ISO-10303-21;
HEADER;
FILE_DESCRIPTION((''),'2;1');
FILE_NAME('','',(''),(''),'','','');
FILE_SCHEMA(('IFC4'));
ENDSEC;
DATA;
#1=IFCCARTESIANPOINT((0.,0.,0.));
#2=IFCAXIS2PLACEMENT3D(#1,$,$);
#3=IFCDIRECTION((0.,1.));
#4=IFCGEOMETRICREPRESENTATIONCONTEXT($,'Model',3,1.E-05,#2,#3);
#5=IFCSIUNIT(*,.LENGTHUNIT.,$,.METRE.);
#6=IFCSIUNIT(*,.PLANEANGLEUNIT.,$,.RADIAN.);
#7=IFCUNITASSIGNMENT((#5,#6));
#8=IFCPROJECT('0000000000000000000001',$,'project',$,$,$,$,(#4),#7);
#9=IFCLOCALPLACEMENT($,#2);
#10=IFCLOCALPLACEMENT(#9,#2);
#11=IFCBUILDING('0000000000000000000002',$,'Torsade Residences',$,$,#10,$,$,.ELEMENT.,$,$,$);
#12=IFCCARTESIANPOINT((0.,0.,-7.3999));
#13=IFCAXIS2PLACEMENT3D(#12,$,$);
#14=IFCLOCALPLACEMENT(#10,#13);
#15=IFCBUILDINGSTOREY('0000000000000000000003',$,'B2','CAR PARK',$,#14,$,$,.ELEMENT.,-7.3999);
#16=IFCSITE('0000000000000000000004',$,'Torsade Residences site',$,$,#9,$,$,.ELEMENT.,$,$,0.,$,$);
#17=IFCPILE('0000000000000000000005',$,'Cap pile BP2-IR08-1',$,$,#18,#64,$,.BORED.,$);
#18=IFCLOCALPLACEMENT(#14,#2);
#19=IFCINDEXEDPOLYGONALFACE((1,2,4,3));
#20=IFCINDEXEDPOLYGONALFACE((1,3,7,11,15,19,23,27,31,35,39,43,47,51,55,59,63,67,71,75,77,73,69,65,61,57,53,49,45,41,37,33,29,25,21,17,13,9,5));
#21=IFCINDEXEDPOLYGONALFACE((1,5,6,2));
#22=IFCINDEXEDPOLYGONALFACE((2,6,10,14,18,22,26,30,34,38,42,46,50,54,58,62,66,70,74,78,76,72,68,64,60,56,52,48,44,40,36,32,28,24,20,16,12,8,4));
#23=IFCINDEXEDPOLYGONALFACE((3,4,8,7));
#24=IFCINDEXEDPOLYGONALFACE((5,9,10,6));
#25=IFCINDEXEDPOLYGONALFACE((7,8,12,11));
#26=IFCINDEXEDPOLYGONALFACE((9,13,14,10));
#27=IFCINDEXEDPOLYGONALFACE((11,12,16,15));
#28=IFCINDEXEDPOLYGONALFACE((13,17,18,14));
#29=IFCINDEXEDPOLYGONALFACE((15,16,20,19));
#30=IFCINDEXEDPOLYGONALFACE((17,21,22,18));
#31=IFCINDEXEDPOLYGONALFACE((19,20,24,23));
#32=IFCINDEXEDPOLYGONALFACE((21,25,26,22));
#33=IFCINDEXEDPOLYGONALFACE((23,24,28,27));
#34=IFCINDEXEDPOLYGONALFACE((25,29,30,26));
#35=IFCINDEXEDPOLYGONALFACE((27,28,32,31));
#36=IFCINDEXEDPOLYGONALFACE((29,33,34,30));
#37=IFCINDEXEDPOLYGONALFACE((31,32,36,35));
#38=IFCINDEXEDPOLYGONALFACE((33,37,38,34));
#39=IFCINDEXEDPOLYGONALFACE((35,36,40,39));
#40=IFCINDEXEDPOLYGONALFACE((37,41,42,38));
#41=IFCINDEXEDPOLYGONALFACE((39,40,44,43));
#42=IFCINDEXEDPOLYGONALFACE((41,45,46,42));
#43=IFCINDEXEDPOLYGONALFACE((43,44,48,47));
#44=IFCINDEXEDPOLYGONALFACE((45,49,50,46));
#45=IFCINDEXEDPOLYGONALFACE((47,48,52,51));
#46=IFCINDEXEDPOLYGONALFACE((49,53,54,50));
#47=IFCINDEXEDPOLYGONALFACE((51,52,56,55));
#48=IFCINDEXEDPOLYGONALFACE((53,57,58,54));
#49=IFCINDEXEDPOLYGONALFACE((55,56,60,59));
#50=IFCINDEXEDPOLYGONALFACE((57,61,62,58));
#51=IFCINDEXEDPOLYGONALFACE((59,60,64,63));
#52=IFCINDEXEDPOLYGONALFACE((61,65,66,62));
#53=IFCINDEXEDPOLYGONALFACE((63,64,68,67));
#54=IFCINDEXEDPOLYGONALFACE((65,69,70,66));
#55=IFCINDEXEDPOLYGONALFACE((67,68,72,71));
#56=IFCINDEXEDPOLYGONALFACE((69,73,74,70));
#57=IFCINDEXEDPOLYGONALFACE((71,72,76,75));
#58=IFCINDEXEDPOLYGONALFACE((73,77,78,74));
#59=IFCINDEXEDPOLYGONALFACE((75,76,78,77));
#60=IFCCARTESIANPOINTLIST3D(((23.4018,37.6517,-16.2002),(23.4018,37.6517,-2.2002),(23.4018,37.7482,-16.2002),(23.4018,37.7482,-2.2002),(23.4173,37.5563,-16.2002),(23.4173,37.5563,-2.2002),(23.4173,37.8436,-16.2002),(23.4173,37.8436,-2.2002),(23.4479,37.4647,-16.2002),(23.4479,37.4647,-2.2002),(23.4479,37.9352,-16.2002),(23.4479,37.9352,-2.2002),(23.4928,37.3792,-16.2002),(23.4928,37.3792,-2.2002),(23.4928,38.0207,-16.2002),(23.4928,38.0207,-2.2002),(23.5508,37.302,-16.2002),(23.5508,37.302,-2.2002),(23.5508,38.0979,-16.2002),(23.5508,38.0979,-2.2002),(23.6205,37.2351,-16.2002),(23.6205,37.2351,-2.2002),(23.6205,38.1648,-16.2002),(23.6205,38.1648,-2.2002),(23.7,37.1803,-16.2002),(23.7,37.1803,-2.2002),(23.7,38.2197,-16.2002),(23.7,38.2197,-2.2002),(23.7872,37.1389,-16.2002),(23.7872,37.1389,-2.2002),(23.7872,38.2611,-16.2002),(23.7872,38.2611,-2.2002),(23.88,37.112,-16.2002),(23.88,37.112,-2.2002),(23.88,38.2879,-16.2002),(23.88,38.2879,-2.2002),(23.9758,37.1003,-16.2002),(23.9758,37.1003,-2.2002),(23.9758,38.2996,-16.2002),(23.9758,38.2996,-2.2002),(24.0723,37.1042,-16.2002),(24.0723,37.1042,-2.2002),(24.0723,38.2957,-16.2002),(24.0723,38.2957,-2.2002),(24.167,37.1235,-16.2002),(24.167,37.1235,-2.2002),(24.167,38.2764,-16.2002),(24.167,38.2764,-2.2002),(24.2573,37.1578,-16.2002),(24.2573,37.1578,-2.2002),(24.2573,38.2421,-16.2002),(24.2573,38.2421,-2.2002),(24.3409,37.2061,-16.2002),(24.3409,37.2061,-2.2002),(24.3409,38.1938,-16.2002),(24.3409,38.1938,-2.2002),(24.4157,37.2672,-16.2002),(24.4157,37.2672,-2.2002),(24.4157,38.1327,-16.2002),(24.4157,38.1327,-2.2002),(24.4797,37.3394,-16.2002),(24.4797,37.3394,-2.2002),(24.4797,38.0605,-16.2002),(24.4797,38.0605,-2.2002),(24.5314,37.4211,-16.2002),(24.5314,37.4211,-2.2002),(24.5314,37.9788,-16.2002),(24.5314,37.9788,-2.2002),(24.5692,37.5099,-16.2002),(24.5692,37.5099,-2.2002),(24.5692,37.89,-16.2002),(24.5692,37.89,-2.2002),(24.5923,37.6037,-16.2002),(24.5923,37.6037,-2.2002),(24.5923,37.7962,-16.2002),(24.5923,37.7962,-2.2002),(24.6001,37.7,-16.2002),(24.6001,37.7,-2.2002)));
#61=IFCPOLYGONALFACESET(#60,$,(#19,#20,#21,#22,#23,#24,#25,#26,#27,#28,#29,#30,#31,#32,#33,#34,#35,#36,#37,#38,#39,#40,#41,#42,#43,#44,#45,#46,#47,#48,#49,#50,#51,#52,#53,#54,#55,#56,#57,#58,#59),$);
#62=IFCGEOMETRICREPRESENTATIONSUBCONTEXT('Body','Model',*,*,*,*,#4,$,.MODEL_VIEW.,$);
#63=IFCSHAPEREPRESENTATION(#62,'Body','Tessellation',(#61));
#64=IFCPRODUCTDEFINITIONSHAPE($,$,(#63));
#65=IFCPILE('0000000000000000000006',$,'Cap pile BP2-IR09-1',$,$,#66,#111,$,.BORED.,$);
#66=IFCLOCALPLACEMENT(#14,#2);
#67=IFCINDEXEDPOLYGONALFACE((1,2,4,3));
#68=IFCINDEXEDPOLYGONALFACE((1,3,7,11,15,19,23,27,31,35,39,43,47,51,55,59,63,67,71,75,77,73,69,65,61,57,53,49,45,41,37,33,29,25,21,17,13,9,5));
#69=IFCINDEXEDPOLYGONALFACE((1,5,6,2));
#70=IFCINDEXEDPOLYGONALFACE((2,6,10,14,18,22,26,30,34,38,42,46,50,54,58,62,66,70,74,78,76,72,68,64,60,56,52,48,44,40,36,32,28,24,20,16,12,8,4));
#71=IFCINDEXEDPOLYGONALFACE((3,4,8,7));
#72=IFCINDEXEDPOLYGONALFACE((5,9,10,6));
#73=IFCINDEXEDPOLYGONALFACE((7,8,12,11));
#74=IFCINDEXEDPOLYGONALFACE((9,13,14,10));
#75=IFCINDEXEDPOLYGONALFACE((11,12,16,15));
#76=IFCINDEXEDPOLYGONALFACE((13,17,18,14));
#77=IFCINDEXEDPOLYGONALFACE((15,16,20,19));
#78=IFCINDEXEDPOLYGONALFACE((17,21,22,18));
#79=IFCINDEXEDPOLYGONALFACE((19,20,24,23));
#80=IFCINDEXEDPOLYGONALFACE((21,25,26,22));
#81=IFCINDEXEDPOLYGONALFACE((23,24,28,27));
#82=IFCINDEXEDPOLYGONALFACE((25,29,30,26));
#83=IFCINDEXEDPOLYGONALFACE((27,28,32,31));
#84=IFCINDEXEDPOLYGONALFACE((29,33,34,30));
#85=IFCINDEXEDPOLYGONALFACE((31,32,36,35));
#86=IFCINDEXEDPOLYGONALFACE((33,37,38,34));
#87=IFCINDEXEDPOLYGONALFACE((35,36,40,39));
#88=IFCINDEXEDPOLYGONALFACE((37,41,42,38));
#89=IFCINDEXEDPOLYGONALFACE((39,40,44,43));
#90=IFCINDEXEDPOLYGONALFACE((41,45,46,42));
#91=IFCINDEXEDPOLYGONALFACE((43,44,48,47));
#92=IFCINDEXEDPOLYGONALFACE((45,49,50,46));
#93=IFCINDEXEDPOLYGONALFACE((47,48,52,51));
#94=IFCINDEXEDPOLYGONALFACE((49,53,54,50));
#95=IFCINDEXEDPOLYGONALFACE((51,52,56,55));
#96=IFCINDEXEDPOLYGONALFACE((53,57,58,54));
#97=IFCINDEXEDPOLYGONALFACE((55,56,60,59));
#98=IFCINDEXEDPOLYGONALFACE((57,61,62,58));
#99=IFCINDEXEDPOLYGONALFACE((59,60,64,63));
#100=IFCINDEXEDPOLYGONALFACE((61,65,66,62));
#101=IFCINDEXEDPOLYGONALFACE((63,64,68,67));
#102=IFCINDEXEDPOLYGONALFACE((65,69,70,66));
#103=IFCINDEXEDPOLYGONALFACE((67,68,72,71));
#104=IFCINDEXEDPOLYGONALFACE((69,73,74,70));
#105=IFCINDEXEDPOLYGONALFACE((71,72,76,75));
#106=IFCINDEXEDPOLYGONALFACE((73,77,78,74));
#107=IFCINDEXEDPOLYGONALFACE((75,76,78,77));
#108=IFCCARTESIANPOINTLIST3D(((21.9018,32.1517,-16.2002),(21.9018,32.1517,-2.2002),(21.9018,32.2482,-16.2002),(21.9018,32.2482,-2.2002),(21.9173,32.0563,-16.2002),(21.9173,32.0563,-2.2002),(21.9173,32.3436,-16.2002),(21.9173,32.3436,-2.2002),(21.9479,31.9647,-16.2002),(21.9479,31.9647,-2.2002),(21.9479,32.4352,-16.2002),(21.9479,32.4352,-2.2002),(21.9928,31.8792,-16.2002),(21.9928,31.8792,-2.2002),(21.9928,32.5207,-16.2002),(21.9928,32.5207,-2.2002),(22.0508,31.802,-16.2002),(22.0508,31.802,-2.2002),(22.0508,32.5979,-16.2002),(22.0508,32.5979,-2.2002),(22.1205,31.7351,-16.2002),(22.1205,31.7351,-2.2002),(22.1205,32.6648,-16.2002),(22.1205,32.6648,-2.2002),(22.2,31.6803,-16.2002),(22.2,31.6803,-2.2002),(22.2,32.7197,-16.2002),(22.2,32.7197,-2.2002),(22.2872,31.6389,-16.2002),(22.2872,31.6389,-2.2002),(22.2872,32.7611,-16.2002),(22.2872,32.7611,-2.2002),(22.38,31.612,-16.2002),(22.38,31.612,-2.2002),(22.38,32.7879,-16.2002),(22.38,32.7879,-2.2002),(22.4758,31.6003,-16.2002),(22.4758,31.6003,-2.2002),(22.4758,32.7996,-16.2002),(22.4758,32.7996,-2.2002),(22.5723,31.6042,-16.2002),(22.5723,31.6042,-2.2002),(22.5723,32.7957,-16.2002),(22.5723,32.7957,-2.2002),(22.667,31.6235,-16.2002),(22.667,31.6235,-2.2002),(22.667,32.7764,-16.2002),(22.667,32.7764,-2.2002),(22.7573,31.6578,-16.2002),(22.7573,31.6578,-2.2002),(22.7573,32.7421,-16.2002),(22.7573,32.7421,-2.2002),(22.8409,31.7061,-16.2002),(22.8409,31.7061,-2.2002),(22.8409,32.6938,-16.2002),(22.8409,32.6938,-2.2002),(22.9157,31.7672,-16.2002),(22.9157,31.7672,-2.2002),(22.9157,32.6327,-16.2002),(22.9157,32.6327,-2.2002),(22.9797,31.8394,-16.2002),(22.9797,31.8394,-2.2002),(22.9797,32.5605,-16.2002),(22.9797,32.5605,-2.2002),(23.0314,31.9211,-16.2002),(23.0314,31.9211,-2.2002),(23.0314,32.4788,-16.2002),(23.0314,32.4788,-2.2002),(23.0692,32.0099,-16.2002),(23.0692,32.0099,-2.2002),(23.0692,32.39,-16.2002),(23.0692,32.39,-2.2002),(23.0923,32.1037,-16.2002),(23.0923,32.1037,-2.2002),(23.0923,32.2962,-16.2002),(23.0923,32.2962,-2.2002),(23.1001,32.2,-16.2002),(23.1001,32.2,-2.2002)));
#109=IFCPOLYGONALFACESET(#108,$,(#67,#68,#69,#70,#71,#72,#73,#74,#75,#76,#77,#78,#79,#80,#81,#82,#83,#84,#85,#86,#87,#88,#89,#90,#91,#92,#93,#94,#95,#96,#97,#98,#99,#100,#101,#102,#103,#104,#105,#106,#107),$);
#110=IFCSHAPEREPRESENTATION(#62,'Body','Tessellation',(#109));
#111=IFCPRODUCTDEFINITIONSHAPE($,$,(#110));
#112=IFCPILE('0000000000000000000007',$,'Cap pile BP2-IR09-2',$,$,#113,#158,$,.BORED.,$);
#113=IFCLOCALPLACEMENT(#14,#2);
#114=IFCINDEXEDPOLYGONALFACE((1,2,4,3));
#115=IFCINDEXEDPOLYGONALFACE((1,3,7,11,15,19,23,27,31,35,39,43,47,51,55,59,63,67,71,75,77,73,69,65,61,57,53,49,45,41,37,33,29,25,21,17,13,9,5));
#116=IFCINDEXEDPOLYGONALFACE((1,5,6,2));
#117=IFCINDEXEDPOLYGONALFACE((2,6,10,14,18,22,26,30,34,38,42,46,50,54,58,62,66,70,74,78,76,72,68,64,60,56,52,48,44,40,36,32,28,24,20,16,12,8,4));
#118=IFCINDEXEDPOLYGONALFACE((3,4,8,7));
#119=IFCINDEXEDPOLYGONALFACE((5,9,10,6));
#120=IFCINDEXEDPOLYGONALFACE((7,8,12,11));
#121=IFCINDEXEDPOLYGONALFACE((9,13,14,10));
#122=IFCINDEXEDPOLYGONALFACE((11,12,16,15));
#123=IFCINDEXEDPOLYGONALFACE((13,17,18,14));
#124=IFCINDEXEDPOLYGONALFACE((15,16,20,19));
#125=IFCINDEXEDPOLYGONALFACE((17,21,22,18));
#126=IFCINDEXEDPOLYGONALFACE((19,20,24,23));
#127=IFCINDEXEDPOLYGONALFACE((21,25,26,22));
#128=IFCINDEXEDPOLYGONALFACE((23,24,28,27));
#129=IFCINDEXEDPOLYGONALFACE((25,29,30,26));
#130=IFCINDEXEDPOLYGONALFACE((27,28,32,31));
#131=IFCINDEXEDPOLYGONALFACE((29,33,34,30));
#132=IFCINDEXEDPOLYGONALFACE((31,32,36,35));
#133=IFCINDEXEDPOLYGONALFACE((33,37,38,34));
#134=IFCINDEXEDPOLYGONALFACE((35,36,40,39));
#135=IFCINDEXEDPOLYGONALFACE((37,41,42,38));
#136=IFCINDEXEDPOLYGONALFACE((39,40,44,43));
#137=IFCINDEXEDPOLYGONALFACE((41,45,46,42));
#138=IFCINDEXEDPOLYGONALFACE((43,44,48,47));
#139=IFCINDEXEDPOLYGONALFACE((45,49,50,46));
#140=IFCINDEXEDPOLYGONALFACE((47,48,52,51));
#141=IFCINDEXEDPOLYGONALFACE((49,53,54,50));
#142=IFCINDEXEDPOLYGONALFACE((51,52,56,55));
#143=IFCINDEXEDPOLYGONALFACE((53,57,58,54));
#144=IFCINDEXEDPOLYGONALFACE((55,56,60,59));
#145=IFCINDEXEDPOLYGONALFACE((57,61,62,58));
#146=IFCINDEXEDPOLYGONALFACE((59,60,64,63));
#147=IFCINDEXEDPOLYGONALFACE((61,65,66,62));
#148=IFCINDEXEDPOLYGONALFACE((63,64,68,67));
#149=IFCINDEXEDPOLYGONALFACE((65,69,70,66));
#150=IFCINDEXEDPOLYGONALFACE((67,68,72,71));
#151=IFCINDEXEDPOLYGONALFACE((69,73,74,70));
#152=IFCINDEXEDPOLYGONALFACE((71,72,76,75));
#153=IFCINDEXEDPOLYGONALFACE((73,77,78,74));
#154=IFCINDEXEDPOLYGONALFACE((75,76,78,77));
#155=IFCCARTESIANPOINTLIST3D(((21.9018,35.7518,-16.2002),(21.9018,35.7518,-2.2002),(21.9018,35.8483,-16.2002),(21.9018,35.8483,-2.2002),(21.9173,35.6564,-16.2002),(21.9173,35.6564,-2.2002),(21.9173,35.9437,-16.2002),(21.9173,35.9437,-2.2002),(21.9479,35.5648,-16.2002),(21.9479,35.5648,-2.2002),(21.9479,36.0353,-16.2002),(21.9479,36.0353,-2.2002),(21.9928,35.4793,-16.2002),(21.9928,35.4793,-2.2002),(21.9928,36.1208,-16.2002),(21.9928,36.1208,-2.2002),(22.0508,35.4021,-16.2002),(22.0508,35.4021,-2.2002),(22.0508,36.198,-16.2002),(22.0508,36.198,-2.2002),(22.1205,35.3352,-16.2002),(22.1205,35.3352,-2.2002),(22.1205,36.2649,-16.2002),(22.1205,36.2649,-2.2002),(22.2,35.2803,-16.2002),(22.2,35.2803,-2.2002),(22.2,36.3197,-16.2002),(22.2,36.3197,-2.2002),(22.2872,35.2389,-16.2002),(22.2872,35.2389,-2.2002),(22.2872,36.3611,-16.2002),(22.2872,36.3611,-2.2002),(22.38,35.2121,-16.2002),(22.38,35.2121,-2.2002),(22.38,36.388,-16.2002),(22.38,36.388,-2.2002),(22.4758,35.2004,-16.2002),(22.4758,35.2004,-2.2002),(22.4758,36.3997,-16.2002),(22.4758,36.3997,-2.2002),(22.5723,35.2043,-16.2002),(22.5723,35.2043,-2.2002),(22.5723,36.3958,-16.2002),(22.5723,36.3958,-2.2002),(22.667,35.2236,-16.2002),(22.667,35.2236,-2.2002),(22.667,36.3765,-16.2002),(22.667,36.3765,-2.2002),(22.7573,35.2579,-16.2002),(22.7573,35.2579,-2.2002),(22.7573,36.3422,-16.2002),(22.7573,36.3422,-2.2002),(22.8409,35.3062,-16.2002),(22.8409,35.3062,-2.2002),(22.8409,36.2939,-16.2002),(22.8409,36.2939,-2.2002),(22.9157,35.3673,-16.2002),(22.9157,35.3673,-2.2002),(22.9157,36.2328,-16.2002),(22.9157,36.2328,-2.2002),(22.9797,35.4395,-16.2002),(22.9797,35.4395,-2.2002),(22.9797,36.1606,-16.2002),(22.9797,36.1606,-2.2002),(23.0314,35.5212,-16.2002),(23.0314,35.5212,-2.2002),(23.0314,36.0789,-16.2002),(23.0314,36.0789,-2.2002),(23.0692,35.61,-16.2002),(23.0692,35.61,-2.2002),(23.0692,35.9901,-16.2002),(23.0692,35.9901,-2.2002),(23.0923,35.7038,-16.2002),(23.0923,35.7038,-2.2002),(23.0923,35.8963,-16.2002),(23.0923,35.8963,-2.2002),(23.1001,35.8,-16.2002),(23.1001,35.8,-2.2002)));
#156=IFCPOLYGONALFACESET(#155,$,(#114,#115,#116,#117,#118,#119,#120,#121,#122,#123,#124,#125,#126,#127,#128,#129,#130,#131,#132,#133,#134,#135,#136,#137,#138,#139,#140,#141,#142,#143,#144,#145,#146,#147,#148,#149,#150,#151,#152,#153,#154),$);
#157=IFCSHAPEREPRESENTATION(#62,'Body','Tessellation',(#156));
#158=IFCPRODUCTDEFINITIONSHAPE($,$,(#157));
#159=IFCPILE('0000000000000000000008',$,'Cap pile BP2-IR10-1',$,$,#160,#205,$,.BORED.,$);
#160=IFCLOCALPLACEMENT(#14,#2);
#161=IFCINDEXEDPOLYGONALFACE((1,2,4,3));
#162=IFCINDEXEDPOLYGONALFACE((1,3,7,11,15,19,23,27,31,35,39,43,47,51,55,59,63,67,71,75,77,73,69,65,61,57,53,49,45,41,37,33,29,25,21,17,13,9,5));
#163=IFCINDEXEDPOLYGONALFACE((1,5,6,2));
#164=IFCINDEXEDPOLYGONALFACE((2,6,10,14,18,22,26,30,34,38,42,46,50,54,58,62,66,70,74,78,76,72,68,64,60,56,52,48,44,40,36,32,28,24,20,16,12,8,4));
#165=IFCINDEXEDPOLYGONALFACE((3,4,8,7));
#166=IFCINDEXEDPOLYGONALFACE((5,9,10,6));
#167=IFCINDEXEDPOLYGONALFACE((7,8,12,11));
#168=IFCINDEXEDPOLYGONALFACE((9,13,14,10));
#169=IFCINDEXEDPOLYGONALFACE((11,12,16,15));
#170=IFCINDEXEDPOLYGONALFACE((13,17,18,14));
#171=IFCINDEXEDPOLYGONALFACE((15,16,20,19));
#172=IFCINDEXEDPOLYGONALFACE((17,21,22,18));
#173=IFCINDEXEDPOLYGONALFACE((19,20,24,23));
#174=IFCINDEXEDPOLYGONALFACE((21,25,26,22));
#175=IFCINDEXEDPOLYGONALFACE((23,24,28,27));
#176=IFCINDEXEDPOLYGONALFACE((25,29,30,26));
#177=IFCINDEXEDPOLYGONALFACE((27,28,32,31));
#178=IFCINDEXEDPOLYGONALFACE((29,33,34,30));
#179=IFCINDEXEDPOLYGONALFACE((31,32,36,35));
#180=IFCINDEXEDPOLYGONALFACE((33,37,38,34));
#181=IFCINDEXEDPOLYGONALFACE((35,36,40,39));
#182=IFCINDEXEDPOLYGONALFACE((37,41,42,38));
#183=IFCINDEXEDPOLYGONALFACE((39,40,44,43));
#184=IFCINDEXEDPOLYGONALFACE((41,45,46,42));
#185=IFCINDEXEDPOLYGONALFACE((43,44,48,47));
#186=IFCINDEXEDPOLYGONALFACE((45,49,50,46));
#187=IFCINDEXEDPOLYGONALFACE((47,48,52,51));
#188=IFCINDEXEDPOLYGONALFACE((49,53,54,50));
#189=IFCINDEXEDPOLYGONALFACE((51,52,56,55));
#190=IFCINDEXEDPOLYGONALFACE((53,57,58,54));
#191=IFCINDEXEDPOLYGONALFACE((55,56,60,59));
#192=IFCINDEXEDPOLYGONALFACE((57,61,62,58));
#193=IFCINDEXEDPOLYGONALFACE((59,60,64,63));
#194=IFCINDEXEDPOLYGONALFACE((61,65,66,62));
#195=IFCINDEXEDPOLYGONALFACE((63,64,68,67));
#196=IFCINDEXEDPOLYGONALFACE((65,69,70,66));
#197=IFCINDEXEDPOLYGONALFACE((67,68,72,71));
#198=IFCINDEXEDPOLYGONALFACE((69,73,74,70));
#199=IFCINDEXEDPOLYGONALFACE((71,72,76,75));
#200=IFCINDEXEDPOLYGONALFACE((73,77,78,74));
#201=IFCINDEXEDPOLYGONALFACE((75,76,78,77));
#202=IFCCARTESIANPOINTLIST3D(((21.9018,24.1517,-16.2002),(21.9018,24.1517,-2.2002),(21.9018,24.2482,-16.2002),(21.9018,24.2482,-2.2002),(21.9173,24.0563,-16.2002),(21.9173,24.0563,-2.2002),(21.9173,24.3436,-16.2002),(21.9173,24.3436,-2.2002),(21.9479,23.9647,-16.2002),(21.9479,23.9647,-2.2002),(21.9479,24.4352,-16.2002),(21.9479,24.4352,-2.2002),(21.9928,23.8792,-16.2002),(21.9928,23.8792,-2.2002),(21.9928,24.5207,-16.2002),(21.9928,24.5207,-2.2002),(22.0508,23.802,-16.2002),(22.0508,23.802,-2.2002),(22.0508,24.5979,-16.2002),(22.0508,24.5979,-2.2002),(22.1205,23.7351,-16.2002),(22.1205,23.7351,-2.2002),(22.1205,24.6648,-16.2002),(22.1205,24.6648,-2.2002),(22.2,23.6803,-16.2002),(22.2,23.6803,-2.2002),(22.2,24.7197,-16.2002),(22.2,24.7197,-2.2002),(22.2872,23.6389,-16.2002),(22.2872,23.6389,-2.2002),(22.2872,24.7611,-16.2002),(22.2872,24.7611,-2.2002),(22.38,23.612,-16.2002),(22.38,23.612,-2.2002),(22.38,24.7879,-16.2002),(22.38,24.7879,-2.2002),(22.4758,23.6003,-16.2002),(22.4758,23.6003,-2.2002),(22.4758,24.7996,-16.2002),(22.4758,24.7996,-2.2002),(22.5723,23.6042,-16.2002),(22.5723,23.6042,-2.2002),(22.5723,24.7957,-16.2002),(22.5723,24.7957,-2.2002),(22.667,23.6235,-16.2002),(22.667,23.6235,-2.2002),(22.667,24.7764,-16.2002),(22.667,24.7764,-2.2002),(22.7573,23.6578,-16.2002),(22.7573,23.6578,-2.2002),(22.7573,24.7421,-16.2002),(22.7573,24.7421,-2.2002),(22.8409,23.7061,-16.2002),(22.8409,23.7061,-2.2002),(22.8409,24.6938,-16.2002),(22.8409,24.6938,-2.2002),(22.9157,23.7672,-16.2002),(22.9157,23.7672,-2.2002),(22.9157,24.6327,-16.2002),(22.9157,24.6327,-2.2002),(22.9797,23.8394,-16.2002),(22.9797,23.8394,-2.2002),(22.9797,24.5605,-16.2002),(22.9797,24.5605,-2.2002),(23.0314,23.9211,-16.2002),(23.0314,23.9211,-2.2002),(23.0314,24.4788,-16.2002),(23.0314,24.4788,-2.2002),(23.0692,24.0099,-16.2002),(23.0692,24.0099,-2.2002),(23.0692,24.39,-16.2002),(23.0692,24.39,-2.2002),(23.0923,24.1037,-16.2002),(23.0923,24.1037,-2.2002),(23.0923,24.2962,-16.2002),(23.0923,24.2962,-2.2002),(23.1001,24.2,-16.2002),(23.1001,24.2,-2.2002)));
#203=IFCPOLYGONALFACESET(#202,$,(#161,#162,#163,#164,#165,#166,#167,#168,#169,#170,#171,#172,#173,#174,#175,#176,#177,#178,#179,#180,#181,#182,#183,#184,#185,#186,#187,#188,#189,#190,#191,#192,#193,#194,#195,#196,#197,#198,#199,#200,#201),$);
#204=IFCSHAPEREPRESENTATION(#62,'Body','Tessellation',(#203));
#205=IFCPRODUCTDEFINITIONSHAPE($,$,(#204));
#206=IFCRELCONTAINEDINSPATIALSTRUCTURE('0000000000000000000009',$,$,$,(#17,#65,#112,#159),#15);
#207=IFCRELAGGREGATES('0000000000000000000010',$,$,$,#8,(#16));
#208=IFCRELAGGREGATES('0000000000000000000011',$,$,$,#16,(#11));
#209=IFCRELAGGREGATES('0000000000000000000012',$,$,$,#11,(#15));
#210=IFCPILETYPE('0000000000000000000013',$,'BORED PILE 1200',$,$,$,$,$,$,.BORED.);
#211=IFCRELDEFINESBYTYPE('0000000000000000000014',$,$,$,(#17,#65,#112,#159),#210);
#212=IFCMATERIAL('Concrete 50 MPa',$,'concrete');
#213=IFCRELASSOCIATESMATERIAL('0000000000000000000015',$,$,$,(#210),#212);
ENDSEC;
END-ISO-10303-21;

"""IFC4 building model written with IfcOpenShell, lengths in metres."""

from ifc_helpers import new_model, si_unit, direction, frame, origin, origin_2d, place, context, subcontext, project, spatial, circle, extrude, material, type_object, element, save


model = new_model("IFC4")

# Units and contexts
model_context = context("Model", 3, precision=1e-05, world=origin(), true_north=direction((0.0, 1.0)))
body_context = subcontext(model_context, "Body", "Model", "MODEL_VIEW")
ifc_project = project(units=[si_unit("LENGTHUNIT", "METRE"), si_unit("PLANEANGLEUNIT", "RADIAN")], contexts=[model_context])

# Site, building, storey
site_placement = place(None, origin())
site = spatial("IfcSite", under=ifc_project, at=site_placement, Name="Torsade Residences site", CompositionType="ELEMENT", RefElevation=0.0)
building_placement = place(site_placement, origin())
building = spatial("IfcBuilding", under=site, at=building_placement, Name="Torsade Residences", CompositionType="ELEMENT")
storey_placement = place(building_placement, frame((0.0, 0.0, -7.3999)))
storey = spatial("IfcBuildingStorey", under=building, at=storey_placement, Name="B2", Description="CAR PARK", CompositionType="ELEMENT", Elevation=-7.3999)

# Piles
ifc_material_1 = material(Name="Concrete 50 MPa", Category="concrete")
pile_type_1 = type_object("IfcPileType", Name="BORED PILE 1200", PredefinedType="BORED", material=ifc_material_1)
for number, where, z_axis, x_axis, name in (
    (1, (24.0, 37.7, -2.2002), (0.0, 0.0, -1.0), (1.0, 0.0, 0.0), "Cap pile BP2-IR08-1"),
    (2, (22.5, 32.2, -2.2002), (0.0, 0.0, -1.0), (1.0, 0.0, 0.0), "Cap pile BP2-IR09-1"),
    (3, (22.5, 35.8, -2.2002), (0.0, 0.0, -1.0), (1.0, 0.0, 0.0), "Cap pile BP2-IR09-2"),
    (4, (22.5, 24.2, -2.2002), (0.0, 0.0, -1.0), (1.0, 0.0, 0.0), "Cap pile BP2-IR10-1"),
):
    element("IfcPile", number, at=place(storey_placement, frame(where, z_axis=z_axis, x_axis=x_axis)), inside=storey, type_object=pile_type_1, Name=name, PredefinedType="BORED", context=body_context, shape_type="SweptSolid", body=[
        extrude(circle(Radius=0.6001, at=origin_2d()), origin(), (0.0, 0.0, 1.0), 14.0),
    ])

save(model, "model.ifc")
